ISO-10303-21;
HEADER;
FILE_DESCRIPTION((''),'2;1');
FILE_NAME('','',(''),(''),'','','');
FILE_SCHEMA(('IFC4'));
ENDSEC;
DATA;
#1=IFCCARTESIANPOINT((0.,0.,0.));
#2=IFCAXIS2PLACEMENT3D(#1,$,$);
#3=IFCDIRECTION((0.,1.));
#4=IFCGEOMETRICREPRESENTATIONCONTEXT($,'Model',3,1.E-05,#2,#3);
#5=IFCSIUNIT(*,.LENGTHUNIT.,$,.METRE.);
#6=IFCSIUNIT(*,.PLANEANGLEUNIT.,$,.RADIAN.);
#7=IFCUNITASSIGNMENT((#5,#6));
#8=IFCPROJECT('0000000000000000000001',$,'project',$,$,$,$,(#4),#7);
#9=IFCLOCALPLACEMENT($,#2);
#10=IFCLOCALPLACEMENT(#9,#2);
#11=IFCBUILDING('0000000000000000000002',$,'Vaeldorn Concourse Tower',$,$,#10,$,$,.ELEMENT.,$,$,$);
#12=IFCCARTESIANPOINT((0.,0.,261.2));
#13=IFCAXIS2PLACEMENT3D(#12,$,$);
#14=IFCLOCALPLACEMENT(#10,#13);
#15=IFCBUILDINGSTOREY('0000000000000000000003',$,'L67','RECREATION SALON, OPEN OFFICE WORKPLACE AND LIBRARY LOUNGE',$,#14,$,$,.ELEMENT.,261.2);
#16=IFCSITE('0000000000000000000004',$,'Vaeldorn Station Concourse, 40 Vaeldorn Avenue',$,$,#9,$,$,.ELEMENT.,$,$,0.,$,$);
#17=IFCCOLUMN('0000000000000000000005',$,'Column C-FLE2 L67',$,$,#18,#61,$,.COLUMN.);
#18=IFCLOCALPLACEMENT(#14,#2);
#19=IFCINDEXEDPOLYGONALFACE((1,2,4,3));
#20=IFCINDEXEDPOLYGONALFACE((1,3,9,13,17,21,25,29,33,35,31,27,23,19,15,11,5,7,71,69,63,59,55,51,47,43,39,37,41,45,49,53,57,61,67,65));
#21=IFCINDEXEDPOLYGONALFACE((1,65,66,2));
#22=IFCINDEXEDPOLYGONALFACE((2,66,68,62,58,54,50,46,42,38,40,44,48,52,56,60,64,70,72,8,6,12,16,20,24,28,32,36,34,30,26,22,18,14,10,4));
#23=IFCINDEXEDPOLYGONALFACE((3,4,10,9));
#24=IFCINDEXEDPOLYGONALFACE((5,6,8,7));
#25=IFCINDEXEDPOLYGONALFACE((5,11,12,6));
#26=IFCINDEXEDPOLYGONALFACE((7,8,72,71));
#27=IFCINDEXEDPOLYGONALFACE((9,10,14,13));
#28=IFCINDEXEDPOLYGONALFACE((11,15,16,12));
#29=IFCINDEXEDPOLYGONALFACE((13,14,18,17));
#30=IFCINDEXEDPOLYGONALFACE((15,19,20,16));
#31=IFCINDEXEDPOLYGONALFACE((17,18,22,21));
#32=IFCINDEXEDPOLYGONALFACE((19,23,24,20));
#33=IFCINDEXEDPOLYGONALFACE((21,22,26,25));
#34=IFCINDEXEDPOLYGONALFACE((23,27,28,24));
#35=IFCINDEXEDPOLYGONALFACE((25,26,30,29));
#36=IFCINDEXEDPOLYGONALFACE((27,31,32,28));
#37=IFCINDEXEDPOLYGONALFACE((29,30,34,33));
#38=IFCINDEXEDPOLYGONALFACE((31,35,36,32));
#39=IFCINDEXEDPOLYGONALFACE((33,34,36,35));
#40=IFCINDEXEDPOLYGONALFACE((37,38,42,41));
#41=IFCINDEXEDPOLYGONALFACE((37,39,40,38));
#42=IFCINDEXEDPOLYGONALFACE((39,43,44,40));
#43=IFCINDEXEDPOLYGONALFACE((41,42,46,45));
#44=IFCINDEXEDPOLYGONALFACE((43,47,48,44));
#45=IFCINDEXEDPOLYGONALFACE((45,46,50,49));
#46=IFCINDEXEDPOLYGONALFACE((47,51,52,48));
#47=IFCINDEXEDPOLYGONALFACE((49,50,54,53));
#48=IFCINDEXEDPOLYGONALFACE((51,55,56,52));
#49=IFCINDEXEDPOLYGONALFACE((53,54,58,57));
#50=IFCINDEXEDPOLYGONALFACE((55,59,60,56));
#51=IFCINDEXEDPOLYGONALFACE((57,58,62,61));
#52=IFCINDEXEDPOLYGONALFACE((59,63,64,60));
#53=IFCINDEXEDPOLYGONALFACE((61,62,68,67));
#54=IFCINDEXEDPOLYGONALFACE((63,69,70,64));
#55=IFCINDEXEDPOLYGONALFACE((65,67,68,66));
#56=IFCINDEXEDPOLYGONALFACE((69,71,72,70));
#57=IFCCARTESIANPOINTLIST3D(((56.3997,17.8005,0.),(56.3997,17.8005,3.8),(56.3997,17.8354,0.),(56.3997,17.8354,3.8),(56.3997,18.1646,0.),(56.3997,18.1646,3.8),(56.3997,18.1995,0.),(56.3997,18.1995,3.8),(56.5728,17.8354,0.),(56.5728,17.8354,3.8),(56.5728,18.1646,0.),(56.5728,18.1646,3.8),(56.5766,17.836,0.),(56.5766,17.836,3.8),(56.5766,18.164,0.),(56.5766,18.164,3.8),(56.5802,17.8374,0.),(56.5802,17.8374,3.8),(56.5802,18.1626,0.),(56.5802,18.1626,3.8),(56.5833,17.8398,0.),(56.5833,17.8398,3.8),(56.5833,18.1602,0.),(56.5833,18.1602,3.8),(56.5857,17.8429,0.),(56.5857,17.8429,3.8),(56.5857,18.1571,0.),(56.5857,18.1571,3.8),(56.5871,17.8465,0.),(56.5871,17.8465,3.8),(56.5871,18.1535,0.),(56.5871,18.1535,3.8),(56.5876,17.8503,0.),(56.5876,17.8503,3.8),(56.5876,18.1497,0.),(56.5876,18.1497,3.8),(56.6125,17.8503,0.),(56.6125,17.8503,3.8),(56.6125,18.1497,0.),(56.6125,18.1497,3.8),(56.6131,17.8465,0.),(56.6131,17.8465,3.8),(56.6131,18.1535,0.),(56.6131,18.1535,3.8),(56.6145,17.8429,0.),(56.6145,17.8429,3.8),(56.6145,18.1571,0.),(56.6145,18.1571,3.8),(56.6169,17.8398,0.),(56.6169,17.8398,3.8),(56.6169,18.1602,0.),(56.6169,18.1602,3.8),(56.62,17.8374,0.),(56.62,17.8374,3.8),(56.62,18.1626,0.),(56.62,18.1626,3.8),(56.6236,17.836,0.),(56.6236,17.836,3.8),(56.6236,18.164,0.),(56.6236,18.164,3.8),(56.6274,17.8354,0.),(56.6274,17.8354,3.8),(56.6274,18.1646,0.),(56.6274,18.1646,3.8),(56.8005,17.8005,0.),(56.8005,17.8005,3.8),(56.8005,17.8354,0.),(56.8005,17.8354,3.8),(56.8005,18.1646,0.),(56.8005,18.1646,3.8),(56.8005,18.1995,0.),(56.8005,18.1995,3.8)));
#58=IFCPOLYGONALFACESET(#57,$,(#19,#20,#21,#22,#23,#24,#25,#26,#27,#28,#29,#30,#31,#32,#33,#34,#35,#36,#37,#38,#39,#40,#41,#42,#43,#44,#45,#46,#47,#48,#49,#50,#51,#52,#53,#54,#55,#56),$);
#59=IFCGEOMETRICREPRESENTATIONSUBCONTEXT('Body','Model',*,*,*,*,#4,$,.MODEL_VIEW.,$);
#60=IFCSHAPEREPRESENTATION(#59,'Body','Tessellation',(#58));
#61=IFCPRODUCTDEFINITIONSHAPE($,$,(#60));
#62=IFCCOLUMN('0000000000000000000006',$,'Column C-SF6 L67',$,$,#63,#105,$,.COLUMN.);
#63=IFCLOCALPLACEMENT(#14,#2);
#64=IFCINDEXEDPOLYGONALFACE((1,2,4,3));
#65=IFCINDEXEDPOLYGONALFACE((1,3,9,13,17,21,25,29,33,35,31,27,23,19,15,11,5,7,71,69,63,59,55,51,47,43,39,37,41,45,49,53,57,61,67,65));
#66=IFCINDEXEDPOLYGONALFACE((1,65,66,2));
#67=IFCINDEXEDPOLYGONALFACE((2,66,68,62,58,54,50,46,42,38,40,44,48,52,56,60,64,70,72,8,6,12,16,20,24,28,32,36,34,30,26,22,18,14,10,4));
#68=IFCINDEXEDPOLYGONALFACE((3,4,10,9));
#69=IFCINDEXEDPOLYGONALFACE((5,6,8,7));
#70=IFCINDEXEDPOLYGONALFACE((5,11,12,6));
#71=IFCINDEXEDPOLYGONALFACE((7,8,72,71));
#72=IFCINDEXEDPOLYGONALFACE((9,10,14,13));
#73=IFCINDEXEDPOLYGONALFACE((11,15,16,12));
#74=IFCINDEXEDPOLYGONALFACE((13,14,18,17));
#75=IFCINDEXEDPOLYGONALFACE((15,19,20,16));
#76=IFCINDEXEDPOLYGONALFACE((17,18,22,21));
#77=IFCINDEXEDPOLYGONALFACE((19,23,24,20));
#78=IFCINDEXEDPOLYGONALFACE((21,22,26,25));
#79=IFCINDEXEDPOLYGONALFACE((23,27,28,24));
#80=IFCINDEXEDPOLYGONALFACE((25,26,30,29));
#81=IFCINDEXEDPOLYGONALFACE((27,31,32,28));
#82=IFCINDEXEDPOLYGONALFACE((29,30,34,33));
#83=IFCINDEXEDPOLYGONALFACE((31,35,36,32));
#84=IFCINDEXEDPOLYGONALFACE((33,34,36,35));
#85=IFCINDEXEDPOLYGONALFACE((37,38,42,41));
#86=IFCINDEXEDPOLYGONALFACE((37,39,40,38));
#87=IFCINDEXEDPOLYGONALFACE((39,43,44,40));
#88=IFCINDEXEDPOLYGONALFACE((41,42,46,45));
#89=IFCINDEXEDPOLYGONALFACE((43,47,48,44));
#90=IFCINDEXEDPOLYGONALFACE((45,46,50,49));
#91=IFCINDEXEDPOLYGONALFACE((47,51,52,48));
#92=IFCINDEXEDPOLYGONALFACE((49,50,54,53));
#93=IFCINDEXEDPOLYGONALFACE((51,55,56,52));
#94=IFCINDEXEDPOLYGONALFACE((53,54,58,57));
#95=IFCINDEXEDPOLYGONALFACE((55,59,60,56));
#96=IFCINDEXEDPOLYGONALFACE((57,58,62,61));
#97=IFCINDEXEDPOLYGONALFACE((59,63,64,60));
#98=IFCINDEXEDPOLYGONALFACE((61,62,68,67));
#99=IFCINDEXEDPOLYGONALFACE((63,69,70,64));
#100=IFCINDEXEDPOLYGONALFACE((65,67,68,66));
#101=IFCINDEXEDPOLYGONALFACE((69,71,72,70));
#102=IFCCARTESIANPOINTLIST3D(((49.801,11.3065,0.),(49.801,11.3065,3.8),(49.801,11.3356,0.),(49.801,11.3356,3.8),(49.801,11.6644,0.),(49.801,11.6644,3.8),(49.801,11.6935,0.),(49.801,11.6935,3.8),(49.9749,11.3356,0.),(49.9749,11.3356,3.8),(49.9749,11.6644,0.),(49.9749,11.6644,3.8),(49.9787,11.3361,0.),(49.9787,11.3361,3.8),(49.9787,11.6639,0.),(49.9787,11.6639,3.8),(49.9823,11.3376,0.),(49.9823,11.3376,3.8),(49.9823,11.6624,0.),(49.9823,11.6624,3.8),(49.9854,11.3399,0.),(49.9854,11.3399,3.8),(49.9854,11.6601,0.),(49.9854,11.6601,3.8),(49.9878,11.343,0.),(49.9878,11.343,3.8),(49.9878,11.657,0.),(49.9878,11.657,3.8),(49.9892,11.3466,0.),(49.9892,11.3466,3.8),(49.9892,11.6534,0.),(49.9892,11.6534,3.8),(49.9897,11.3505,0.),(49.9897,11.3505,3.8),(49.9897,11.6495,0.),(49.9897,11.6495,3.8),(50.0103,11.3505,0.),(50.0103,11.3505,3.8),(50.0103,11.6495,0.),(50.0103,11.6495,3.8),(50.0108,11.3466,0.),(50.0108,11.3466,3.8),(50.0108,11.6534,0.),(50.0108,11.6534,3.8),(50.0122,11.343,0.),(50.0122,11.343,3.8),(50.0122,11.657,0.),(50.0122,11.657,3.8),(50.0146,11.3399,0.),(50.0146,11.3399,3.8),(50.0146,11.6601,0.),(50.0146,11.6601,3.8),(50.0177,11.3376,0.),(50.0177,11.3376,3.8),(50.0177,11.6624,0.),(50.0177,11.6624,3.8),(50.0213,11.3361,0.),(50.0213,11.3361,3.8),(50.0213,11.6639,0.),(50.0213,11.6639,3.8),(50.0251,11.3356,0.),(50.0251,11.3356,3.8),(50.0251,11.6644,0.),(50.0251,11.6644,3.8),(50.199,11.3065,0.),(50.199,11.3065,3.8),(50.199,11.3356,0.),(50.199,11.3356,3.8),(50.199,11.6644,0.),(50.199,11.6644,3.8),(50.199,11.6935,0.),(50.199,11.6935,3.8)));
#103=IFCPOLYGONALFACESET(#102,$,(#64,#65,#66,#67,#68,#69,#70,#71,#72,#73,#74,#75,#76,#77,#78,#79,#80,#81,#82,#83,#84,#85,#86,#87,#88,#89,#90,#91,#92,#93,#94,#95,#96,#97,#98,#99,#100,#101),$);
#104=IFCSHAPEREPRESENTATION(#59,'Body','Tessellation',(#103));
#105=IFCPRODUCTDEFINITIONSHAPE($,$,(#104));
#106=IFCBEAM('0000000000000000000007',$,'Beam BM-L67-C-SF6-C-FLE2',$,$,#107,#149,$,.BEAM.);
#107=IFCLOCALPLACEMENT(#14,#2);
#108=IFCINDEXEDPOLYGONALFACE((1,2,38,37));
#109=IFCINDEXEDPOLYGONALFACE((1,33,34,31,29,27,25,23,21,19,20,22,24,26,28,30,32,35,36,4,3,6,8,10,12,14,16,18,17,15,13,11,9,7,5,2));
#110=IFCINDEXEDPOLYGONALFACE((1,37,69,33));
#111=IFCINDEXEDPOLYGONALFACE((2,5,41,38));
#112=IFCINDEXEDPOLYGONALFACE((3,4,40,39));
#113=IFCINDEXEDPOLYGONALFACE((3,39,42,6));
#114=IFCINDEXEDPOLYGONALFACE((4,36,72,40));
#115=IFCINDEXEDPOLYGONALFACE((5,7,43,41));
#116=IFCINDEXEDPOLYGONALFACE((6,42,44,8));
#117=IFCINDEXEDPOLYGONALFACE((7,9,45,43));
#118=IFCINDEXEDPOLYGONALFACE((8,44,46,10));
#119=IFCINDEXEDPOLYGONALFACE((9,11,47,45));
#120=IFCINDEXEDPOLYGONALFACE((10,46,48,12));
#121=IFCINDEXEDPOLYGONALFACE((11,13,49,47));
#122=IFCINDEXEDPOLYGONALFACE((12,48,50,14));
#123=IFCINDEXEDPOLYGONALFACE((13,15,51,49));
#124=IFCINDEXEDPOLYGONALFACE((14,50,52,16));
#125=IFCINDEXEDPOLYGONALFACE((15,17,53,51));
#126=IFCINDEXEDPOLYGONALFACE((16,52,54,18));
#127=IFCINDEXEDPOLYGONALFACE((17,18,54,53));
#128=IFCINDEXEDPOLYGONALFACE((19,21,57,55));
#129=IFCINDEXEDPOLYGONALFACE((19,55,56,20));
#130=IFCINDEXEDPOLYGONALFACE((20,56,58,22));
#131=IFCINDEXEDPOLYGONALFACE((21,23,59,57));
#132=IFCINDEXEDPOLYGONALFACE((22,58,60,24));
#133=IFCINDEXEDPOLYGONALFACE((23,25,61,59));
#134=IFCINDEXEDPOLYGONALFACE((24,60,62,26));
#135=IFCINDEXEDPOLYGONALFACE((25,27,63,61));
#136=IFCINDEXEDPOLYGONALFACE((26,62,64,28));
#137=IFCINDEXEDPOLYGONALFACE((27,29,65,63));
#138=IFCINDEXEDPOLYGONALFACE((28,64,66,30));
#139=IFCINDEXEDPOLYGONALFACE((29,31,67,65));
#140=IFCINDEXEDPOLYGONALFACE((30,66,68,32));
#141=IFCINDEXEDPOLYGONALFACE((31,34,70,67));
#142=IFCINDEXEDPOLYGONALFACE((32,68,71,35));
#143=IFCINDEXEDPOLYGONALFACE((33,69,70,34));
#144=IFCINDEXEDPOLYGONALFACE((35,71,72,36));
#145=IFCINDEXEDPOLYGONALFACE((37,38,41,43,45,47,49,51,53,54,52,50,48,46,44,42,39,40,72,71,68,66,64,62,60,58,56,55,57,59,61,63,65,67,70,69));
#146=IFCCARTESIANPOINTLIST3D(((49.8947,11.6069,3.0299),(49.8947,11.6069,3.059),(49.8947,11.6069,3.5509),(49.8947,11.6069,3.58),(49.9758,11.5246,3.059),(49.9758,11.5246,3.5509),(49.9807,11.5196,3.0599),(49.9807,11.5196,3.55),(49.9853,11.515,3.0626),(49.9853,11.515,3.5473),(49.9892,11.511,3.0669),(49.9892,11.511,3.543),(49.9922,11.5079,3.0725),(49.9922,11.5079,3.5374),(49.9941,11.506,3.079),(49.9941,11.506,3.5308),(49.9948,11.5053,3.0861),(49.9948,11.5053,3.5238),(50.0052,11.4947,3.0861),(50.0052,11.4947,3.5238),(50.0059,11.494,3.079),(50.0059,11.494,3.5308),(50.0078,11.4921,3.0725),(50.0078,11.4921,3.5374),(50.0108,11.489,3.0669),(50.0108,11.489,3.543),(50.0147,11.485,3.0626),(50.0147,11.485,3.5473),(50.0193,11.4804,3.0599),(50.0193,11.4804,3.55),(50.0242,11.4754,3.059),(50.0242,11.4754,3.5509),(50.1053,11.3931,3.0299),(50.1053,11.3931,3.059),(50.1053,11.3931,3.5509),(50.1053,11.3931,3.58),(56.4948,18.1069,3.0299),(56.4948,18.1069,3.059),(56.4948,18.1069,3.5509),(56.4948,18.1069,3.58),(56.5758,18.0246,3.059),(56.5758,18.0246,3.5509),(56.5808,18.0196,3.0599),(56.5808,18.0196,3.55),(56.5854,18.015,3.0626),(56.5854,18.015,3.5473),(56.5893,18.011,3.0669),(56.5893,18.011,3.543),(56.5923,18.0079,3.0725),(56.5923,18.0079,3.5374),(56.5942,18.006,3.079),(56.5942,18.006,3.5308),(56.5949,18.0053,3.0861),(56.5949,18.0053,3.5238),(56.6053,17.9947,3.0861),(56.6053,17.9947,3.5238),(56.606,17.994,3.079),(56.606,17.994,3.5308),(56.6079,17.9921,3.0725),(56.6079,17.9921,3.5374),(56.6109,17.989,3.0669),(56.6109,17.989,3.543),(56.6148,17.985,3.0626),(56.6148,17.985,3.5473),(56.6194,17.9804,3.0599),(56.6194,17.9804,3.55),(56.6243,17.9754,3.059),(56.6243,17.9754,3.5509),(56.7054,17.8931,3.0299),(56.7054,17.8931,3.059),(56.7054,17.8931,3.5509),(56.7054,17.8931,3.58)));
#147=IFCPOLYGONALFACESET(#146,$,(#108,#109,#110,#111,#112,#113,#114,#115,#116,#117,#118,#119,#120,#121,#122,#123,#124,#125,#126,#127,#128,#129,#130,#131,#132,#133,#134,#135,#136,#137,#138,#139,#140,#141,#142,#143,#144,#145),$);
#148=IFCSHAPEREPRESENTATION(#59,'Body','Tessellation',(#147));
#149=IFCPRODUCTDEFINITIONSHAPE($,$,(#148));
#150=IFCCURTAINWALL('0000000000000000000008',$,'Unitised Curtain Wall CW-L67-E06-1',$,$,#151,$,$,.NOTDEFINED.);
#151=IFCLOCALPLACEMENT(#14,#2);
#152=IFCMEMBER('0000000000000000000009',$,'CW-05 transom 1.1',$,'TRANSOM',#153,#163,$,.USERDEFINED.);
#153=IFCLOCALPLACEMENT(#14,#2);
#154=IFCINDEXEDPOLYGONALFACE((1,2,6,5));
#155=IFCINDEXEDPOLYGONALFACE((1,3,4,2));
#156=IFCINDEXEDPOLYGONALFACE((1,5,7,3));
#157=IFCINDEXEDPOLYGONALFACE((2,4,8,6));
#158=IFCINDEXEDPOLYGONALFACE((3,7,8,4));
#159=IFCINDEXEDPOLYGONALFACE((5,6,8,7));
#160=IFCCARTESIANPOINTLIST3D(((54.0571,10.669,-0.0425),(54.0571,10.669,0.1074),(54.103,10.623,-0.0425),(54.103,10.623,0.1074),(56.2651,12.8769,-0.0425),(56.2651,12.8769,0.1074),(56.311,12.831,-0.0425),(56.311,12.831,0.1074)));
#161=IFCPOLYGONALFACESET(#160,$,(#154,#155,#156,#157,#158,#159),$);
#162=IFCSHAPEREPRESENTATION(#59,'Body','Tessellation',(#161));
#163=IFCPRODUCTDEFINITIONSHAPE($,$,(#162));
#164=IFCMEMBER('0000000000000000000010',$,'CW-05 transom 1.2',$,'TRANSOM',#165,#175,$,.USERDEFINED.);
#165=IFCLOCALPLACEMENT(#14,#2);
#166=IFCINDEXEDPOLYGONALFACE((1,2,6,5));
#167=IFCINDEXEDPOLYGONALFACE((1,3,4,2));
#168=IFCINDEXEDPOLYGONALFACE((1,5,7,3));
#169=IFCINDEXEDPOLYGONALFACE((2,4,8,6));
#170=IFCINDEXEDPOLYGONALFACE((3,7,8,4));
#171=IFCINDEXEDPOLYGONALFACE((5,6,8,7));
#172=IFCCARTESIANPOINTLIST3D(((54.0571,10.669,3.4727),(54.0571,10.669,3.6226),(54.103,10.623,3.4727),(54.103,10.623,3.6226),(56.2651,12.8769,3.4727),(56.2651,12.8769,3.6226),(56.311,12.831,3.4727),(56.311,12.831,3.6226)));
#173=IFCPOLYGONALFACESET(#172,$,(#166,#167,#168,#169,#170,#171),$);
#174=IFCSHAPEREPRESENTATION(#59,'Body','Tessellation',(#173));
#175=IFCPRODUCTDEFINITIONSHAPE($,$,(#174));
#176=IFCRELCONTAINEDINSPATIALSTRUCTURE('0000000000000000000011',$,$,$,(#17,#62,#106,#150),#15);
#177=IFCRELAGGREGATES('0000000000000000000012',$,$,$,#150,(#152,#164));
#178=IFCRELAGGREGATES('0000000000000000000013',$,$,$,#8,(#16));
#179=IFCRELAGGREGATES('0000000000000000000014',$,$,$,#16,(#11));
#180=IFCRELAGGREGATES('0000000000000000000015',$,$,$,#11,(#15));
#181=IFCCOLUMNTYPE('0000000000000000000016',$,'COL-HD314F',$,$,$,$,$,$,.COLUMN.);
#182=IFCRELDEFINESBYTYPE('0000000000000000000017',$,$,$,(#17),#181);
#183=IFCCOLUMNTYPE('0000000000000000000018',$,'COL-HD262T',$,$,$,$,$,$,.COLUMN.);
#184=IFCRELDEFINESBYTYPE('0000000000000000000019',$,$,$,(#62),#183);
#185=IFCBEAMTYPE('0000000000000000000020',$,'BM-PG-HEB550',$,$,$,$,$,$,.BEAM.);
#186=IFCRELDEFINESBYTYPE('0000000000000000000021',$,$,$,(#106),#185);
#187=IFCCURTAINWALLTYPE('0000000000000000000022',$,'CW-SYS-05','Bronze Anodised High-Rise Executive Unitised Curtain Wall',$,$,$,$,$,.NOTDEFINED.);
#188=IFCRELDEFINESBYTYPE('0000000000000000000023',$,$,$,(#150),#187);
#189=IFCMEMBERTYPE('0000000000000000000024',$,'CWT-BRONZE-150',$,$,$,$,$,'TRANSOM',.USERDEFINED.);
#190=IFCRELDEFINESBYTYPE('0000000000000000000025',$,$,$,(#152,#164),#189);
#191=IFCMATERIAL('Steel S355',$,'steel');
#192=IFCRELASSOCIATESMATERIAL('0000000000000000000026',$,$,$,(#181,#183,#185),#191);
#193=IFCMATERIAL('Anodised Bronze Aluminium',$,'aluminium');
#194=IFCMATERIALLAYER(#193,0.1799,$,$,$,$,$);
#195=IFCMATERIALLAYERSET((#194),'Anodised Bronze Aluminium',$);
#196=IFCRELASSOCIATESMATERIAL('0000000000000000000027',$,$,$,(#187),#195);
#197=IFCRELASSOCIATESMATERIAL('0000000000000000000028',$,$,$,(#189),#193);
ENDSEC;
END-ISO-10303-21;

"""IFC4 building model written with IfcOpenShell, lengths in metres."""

from ifc_helpers import new_model, si_unit, direction, frame, origin, origin_2d, place, context, subcontext, project, spatial, rectangle, i_section, extrude, source, transform, mapped, material, layer, layer_set, material_profile, profile_set, type_object, element, aggregate, save


model = new_model("IFC4")

# Units and contexts
model_context = context("Model", 3, precision=1e-05, world=origin(), true_north=direction((0.0, 1.0)))
body_context = subcontext(model_context, "Body", "Model", "MODEL_VIEW")
ifc_project = project(units=[si_unit("LENGTHUNIT", "METRE"), si_unit("PLANEANGLEUNIT", "RADIAN")], contexts=[model_context])

# Site, building, storey
site_placement = place(None, origin())
site = spatial("IfcSite", under=ifc_project, at=site_placement, Name="Vaeldorn Station Concourse, 40 Vaeldorn Avenue", CompositionType="ELEMENT", RefElevation=0.0)
building_placement = place(site_placement, origin())
building = spatial("IfcBuilding", under=site, at=building_placement, Name="Vaeldorn Concourse Tower", CompositionType="ELEMENT")
storey_placement = place(building_placement, frame((0.0, 0.0, 261.2)))
storey = spatial("IfcBuildingStorey", under=building, at=storey_placement, Name="L67", Description="RECREATION SALON, OPEN OFFICE WORKPLACE AND LIBRARY LOUNGE", CompositionType="ELEMENT", Elevation=261.2)

# Columns
ifc_material_1 = material(Name="Steel S355", Category="steel")
ifc_material_profile_1 = material_profile(ifc_material_1, i_section(OverallWidth=0.4009, OverallDepth=0.3989, WebThickness=0.0249, FlangeThickness=0.0349, FilletRadius=0.0149, at=origin_2d()), Name="HD 400x314")
ifc_profile_set_1 = profile_set([ifc_material_profile_1], Name="Steel S355")
column_type_1 = type_object("IfcColumnType", Name="COL-HD314F", PredefinedType="COLUMN", material=ifc_profile_set_1)
shared_shape_1 = source(origin(), body_context, "Body", "SweptSolid", [
    extrude(i_section(OverallWidth=0.4009, OverallDepth=0.3989, WebThickness=0.0249, FlangeThickness=0.0349, FilletRadius=0.0149, at=origin_2d()), origin(), (0.0, 0.0, 1.0), 3.8),
])
column_1_placement = place(storey_placement, frame((56.6001, 18.0, 0.0), z_axis=(0.0, 0.0, 1.0), x_axis=(1.0, 0.0, 0.0)))
element("IfcColumn", 1, at=column_1_placement, inside=storey, type_object=column_type_1, Name="Column C-FLE2 L67", PredefinedType="COLUMN", context=body_context, shape_type="MappedRepresentation", body=[
    mapped(shared_shape_1, transform((0.0, 0.0, 0.0), scale=1.0)),
])
ifc_material_profile_2 = material_profile(ifc_material_1, i_section(OverallWidth=0.3979, OverallDepth=0.387, WebThickness=0.0205, FlangeThickness=0.0291, FilletRadius=0.0149, at=origin_2d()), Name="HD 400x262")
ifc_profile_set_2 = profile_set([ifc_material_profile_2], Name="Steel S355")
column_type_2 = type_object("IfcColumnType", Name="COL-HD262T", PredefinedType="COLUMN", material=ifc_profile_set_2)
shared_shape_2 = source(origin(), body_context, "Body", "SweptSolid", [
    extrude(i_section(OverallWidth=0.3979, OverallDepth=0.387, WebThickness=0.0205, FlangeThickness=0.0291, FilletRadius=0.0149, at=origin_2d()), origin(), (0.0, 0.0, 1.0), 3.8),
])
column_2_placement = place(storey_placement, frame((50.0, 11.5, 0.0), z_axis=(0.0, 0.0, 1.0), x_axis=(1.0, 0.0, 0.0)))
element("IfcColumn", 2, at=column_2_placement, inside=storey, type_object=column_type_2, Name="Column C-SF6 L67", PredefinedType="COLUMN", context=body_context, shape_type="MappedRepresentation", body=[
    mapped(shared_shape_2, transform((0.0, 0.0, 0.0), scale=1.0)),
])

# Beam
ifc_material_profile_3 = material_profile(ifc_material_1, i_section(OverallWidth=0.3, OverallDepth=0.55, WebThickness=0.0149, FlangeThickness=0.0291, FilletRadius=0.0271, at=origin_2d()), Name="HEB 550")
ifc_profile_set_3 = profile_set([ifc_material_profile_3], Name="Steel S355")
beam_type = type_object("IfcBeamType", Name="BM-PG-HEB550", PredefinedType="BEAM", material=ifc_profile_set_3)
shared_shape_3 = source(origin(), body_context, "Body", "SweptSolid", [
    extrude(i_section(OverallWidth=0.3, OverallDepth=0.55, WebThickness=0.0149, FlangeThickness=0.0291, FilletRadius=0.0271, at=origin_2d()), origin(), (0.0, 0.0, 1.0), 9.2634),
])
beam_placement = place(storey_placement, frame((50.0, 11.5, 3.3049), z_axis=(0.712489, 0.701683, 0.0), x_axis=(-0.701683, 0.712489, 0.0)))
element("IfcBeam", 3, at=beam_placement, inside=storey, type_object=beam_type, Name="Beam BM-L67-C-SF6-C-FLE2", PredefinedType="BEAM", context=body_context, shape_type="MappedRepresentation", body=[
    mapped(shared_shape_3, transform((0.0, 0.0, 0.0), scale=1.0)),
])

# Curtain wall, members
ifc_material_2 = material(Name="Anodised Bronze Aluminium", Category="aluminium")
ifc_layer_1 = layer(ifc_material_2, 0.1799)
ifc_layer_set_1 = layer_set([ifc_layer_1], Name="Anodised Bronze Aluminium")
curtain_wall_type = type_object("IfcCurtainWallType", Name="CW-SYS-05", Description="Bronze Anodised High-Rise Executive Unitised Curtain Wall", PredefinedType="NOTDEFINED", material=ifc_layer_set_1)
curtain_wall_1_placement = place(storey_placement, origin())
curtain_wall_1 = element("IfcCurtainWall", 4, at=curtain_wall_1_placement, inside=storey, type_object=curtain_wall_type, Name="Unitised Curtain Wall CW-L67-E06-1", PredefinedType="NOTDEFINED")
ifc_material_profile_4 = material_profile(ifc_material_2, rectangle(XDim=0.0649, YDim=0.1499, at=origin_2d()), Name="CWT 65x150")
ifc_profile_set_4 = profile_set([ifc_material_profile_4], Name="Anodised Bronze Aluminium")
member_type_1 = type_object("IfcMemberType", Name="CWT-BRONZE-150", ElementType="TRANSOM", PredefinedType="USERDEFINED", material=ifc_profile_set_4)
shared_shape_4 = source(origin(), body_context, "Body", "SweptSolid", [
    extrude(rectangle(XDim=0.0649, YDim=0.1499, at=origin_2d()), origin(), (0.0, 0.0, 1.0), 3.1226),
])
member_1_placement = place(storey_placement, frame((54.0801, 10.646, 0.0325), z_axis=(0.707107, 0.707107, 0.0), x_axis=(-0.707107, 0.707107, 0.0)))
member_1 = element("IfcMember", 5, at=member_1_placement, type_object=member_type_1, Name="CW-05 transom 1.1", ObjectType="TRANSOM", PredefinedType="USERDEFINED", context=body_context, shape_type="MappedRepresentation", body=[
    mapped(shared_shape_4, transform((0.0, 0.0, 0.0), scale=1.0)),
])
member_2_placement = place(storey_placement, frame((54.0801, 10.646, 3.5476), z_axis=(0.707107, 0.707107, 0.0), x_axis=(-0.707107, 0.707107, 0.0)))
member_2 = element("IfcMember", 6, at=member_2_placement, type_object=member_type_1, Name="CW-05 transom 1.2", ObjectType="TRANSOM", PredefinedType="USERDEFINED", context=body_context, shape_type="MappedRepresentation", body=[
    mapped(shared_shape_4, transform((0.0, 0.0, 0.0), scale=1.0)),
])

aggregate(curtain_wall_1, [member_1, member_2])

save(model, "model.ifc")
